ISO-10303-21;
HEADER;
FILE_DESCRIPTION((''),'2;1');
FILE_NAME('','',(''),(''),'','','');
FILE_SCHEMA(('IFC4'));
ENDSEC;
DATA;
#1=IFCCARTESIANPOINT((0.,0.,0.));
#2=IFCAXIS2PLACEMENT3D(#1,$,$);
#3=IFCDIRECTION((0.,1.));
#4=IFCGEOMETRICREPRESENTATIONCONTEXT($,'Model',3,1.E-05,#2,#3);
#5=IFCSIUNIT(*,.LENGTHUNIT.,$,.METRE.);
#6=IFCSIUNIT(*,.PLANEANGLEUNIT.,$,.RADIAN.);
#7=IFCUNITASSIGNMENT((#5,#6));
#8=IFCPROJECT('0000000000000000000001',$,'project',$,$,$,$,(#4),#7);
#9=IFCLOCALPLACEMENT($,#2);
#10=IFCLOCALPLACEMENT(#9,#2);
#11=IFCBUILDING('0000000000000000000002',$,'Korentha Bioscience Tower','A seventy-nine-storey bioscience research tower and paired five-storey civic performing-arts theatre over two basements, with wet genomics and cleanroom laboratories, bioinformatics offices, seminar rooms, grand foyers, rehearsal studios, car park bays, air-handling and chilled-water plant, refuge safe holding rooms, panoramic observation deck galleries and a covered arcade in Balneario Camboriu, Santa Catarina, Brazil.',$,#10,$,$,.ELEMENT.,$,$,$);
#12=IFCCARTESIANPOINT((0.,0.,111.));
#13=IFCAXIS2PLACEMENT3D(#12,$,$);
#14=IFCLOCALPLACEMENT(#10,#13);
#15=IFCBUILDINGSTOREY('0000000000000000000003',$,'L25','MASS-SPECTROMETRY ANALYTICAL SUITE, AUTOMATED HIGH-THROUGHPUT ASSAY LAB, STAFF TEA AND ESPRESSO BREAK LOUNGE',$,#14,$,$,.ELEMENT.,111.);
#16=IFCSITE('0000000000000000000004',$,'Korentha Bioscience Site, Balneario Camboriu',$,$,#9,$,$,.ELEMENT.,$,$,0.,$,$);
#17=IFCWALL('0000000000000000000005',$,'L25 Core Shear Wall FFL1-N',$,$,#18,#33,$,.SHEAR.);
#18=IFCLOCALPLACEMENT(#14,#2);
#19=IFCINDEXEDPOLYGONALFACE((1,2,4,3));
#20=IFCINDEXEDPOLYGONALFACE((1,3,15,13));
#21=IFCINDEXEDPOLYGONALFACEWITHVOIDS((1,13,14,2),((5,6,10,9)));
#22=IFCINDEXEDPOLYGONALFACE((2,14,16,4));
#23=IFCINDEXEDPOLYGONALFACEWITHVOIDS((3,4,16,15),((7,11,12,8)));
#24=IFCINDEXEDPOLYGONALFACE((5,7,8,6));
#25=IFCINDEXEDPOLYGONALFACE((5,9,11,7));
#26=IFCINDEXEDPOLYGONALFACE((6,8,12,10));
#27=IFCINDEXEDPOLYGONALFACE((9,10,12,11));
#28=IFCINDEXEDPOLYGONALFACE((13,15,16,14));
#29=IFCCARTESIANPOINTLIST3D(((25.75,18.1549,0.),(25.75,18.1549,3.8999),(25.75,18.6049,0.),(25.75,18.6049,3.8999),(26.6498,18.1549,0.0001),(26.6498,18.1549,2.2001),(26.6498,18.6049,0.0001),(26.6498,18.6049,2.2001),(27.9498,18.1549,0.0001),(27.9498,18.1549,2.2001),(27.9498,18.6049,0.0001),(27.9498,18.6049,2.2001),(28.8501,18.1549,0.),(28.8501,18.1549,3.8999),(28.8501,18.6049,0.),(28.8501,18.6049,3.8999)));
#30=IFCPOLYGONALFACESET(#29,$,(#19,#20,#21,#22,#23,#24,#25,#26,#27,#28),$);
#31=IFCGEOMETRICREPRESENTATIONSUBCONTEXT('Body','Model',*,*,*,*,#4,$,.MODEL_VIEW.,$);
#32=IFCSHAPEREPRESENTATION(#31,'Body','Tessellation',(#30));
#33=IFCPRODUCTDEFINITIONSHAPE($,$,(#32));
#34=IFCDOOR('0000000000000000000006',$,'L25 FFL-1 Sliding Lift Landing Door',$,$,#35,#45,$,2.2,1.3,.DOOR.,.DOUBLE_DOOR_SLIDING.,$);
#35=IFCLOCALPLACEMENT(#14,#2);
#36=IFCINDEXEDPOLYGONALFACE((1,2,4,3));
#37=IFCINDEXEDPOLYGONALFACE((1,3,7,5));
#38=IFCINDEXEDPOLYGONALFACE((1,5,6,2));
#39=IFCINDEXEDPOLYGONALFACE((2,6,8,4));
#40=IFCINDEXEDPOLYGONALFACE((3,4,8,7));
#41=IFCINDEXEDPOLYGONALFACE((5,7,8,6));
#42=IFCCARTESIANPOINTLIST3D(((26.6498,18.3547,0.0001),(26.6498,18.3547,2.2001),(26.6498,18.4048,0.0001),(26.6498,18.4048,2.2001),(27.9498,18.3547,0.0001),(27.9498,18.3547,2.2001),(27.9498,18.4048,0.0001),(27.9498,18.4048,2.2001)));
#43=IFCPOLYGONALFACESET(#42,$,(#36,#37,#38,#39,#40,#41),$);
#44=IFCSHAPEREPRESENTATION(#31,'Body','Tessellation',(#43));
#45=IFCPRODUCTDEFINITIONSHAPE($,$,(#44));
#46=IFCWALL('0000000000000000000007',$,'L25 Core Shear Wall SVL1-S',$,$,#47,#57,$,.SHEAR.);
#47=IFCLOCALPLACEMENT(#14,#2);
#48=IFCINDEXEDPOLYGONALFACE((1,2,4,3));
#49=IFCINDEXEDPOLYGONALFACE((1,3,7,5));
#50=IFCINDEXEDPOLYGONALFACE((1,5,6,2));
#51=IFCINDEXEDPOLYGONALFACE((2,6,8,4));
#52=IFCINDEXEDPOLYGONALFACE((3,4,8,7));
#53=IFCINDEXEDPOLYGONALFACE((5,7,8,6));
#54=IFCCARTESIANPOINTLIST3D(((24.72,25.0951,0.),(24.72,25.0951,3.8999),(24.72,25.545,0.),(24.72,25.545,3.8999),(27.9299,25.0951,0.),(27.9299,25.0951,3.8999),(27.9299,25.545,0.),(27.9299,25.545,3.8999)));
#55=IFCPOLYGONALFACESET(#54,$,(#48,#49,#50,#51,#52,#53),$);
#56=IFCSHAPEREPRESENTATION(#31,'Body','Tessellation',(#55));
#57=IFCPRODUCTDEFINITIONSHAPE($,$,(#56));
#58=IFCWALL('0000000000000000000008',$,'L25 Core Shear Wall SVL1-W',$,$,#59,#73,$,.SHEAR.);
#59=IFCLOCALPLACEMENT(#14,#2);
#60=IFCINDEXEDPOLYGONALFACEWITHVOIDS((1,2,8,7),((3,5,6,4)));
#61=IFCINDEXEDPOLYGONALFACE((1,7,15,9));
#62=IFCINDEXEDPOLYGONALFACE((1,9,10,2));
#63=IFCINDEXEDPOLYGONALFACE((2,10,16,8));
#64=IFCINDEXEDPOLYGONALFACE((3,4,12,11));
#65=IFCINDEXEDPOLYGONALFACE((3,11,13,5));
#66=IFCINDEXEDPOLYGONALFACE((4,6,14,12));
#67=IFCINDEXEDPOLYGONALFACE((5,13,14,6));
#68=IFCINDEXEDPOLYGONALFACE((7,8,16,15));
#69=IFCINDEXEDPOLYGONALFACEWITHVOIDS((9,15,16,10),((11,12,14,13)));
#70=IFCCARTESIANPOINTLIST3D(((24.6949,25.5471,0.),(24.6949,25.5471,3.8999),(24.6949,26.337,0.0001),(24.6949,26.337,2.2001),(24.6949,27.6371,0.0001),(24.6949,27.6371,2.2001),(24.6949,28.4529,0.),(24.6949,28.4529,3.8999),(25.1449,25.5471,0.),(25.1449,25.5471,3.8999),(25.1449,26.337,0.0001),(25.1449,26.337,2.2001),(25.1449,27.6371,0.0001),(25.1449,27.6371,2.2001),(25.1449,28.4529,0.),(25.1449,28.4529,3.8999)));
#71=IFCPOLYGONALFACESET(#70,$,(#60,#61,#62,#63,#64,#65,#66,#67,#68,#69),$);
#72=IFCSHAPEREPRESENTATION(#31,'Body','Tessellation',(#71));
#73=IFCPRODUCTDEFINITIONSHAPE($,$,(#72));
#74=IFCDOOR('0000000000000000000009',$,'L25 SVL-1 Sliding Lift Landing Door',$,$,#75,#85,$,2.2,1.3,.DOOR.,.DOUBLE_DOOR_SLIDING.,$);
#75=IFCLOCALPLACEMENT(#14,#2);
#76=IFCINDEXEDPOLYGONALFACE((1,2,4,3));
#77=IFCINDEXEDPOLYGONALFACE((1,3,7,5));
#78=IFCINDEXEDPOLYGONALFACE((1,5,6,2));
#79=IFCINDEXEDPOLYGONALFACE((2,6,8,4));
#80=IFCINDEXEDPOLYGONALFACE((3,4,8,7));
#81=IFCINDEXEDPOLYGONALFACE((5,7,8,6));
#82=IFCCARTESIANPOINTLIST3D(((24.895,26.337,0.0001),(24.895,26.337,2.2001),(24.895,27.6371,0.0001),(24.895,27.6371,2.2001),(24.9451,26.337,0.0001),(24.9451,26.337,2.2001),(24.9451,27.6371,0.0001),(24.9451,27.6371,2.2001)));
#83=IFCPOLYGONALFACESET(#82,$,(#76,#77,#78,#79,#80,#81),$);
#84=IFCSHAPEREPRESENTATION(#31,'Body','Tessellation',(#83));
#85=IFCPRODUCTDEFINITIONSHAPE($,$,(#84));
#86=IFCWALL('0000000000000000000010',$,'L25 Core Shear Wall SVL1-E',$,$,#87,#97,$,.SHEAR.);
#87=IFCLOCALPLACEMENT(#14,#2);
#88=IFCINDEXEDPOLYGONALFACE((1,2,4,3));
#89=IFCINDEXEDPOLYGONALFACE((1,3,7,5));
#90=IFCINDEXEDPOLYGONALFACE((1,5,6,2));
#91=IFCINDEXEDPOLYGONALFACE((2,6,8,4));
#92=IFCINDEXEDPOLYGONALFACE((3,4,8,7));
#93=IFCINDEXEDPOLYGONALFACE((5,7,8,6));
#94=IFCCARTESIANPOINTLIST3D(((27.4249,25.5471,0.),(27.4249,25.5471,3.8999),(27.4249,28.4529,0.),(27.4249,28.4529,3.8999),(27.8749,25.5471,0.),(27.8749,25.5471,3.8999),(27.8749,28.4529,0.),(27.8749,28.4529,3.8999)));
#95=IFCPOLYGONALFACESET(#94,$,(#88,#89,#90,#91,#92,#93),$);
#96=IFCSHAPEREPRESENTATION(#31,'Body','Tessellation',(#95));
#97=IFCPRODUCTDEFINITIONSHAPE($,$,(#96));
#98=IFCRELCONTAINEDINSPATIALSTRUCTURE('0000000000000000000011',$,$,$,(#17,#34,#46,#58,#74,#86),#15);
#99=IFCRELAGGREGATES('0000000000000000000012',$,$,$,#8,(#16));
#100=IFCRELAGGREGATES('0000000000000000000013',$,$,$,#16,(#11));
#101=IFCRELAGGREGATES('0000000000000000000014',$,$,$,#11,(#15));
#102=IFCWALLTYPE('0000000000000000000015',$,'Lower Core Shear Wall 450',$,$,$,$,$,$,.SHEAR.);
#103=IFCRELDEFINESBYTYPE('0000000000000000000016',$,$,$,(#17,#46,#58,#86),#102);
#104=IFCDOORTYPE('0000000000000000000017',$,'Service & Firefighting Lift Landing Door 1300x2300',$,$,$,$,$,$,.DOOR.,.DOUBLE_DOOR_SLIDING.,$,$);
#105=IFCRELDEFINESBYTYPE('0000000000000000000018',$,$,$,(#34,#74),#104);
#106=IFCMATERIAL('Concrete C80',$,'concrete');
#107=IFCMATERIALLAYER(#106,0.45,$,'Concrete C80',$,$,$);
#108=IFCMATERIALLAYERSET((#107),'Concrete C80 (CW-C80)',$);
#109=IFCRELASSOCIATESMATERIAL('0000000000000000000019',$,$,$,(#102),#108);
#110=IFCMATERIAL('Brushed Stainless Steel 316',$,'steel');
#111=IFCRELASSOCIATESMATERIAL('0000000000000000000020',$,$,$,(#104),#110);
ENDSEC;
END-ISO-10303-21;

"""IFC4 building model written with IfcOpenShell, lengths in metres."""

from ifc_helpers import new_model, si_unit, direction, frame, frame_2d, origin, place, context, subcontext, project, spatial, rectangle, extrude, material, layer, layer_set, type_object, element, fill, save


model = new_model("IFC4")

# Units and contexts
model_context = context("Model", 3, precision=1e-05, world=origin(), true_north=direction((0.0, 1.0)))
body_context = subcontext(model_context, "Body", "Model", "MODEL_VIEW")
ifc_project = project(units=[si_unit("LENGTHUNIT", "METRE"), si_unit("PLANEANGLEUNIT", "RADIAN")], contexts=[model_context])

# Site, building, storey
site_placement = place(None, origin())
site = spatial("IfcSite", under=ifc_project, at=site_placement, Name="Korentha Bioscience Site, Balneario Camboriu", CompositionType="ELEMENT", RefElevation=0.0)
building_placement = place(site_placement, origin())
building = spatial("IfcBuilding", under=site, at=building_placement, Name="Korentha Bioscience Tower", Description="A seventy-nine-storey bioscience research tower and paired five-storey civic performing-arts theatre over two basements, with wet genomics and cleanroom laboratories, bioinformatics offices, seminar rooms, grand foyers, rehearsal studios, car park bays, air-handling and chilled-water plant, refuge safe holding rooms, panoramic observation deck galleries and a covered arcade in Balneario Camboriu, Santa Catarina, Brazil.", CompositionType="ELEMENT")
storey_placement = place(building_placement, frame((0.0, 0.0, 111.0)))
storey = spatial("IfcBuildingStorey", under=building, at=storey_placement, Name="L25", Description="MASS-SPECTROMETRY ANALYTICAL SUITE, AUTOMATED HIGH-THROUGHPUT ASSAY LAB, STAFF TEA AND ESPRESSO BREAK LOUNGE", CompositionType="ELEMENT", Elevation=111.0)

# Shared definitions
ifc_material_1 = material(Name="Concrete C80", Category="concrete")

# Shared definitions
ifc_layer_1 = layer(ifc_material_1, 0.45, Name="Concrete C80")
ifc_layer_set_1 = layer_set([ifc_layer_1], Name="Concrete C80 (CW-C80)")
wall_type_1 = type_object("IfcWallType", Name="Lower Core Shear Wall 450", PredefinedType="SHEAR", material=ifc_layer_set_1)

# Wall, opening, door
wall_1_placement = place(storey_placement, frame((25.75, 18.3799, 0.0), z_axis=(0.0, 0.0, 1.0), x_axis=(1.0, 0.0, 0.0)))
wall_1 = element("IfcWall", 1, at=wall_1_placement, inside=storey, type_object=wall_type_1, Name="L25 Core Shear Wall FFL1-N", PredefinedType="SHEAR", context=body_context, shape_type="SweptSolid", body=[
    extrude(rectangle(XDim=3.1001, YDim=0.45, at=frame_2d((1.55, 0.0))), origin(), (0.0, 0.0, 1.0), 3.8999),
])
opening_1_placement = place(wall_1_placement, frame((0.8999, 0.0, 0.0)))
opening_1 = element("IfcOpeningElement", 2, at=opening_1_placement, cuts=wall_1, PredefinedType="OPENING", context=body_context, shape_type="SweptSolid", body=[
    extrude(rectangle(XDim=1.3, YDim=2.2, at=frame_2d((0.6499, 1.1001))), frame((0.0, 0.2397, 0.0), z_axis=(0.0, -1.0, 0.0), x_axis=(1.0, 0.0, 0.0)), (0.0, 0.0, 1.0), 0.4797),
])
ifc_material_2 = material(Name="Brushed Stainless Steel 316", Category="steel")
door_type_1 = type_object("IfcDoorType", Name="Service & Firefighting Lift Landing Door 1300x2300", OperationType="DOUBLE_DOOR_SLIDING", PredefinedType="DOOR", material=ifc_material_2)
door_1_placement = place(opening_1_placement, origin())
door_1 = element("IfcDoor", 3, at=door_1_placement, inside=storey, type_object=door_type_1, Name="L25 FFL-1 Sliding Lift Landing Door", OperationType="DOUBLE_DOOR_SLIDING", OverallHeight=2.2, OverallWidth=1.3, PredefinedType="DOOR", context=body_context, shape_type="SweptSolid", body=[
    extrude(rectangle(XDim=1.3, YDim=2.2, at=frame_2d((0.6499, 1.1001))), frame((0.0, 0.0249, 0.0), z_axis=(0.0, -1.0, 0.0), x_axis=(1.0, 0.0, 0.0)), (0.0, 0.0, 1.0), 0.05),
])
fill(opening_1, door_1)

# Wall
wall_2_placement = place(storey_placement, frame((24.72, 25.3201, 0.0), z_axis=(0.0, 0.0, 1.0), x_axis=(1.0, 0.0, 0.0)))
element("IfcWall", 4, at=wall_2_placement, inside=storey, type_object=wall_type_1, Name="L25 Core Shear Wall SVL1-S", PredefinedType="SHEAR", context=body_context, shape_type="SweptSolid", body=[
    extrude(rectangle(XDim=3.21, YDim=0.45, at=frame_2d((1.605, 0.0))), origin(), (0.0, 0.0, 1.0), 3.8999),
])

# Wall, opening, door
wall_3_placement = place(storey_placement, frame((24.9199, 25.5471, 0.0), z_axis=(0.0, 0.0, 1.0), x_axis=(0.0, 1.0, 0.0)))
wall_3 = element("IfcWall", 5, at=wall_3_placement, inside=storey, type_object=wall_type_1, Name="L25 Core Shear Wall SVL1-W", PredefinedType="SHEAR", context=body_context, shape_type="SweptSolid", body=[
    extrude(rectangle(XDim=2.9058, YDim=0.45, at=frame_2d((1.4529, 0.0))), origin(), (0.0, 0.0, 1.0), 3.8999),
])
opening_2_placement = place(wall_3_placement, frame((0.79, 0.0, 0.0)))
opening_2 = element("IfcOpeningElement", 6, at=opening_2_placement, cuts=wall_3, PredefinedType="OPENING", context=body_context, shape_type="SweptSolid", body=[
    extrude(rectangle(XDim=1.3, YDim=2.2, at=frame_2d((0.6499, 1.1001))), frame((0.0, 0.2397, 0.0), z_axis=(0.0, -1.0, 0.0), x_axis=(1.0, 0.0, 0.0)), (0.0, 0.0, 1.0), 0.4797),
])
door_2_placement = place(opening_2_placement, origin())
door_2 = element("IfcDoor", 7, at=door_2_placement, inside=storey, type_object=door_type_1, Name="L25 SVL-1 Sliding Lift Landing Door", OperationType="DOUBLE_DOOR_SLIDING", OverallHeight=2.2, OverallWidth=1.3, PredefinedType="DOOR", context=body_context, shape_type="SweptSolid", body=[
    extrude(rectangle(XDim=1.3, YDim=2.2, at=frame_2d((0.6499, 1.1001))), frame((0.0, 0.0249, 0.0), z_axis=(0.0, -1.0, 0.0), x_axis=(1.0, 0.0, 0.0)), (0.0, 0.0, 1.0), 0.05),
])
fill(opening_2, door_2)

# Wall
wall_4_placement = place(storey_placement, frame((27.6499, 25.5471, 0.0), z_axis=(0.0, 0.0, 1.0), x_axis=(0.0, 1.0, 0.0)))
element("IfcWall", 8, at=wall_4_placement, inside=storey, type_object=wall_type_1, Name="L25 Core Shear Wall SVL1-E", PredefinedType="SHEAR", context=body_context, shape_type="SweptSolid", body=[
    extrude(rectangle(XDim=2.9058, YDim=0.45, at=frame_2d((1.4529, 0.0))), origin(), (0.0, 0.0, 1.0), 3.8999),
])

save(model, "model.ifc")
